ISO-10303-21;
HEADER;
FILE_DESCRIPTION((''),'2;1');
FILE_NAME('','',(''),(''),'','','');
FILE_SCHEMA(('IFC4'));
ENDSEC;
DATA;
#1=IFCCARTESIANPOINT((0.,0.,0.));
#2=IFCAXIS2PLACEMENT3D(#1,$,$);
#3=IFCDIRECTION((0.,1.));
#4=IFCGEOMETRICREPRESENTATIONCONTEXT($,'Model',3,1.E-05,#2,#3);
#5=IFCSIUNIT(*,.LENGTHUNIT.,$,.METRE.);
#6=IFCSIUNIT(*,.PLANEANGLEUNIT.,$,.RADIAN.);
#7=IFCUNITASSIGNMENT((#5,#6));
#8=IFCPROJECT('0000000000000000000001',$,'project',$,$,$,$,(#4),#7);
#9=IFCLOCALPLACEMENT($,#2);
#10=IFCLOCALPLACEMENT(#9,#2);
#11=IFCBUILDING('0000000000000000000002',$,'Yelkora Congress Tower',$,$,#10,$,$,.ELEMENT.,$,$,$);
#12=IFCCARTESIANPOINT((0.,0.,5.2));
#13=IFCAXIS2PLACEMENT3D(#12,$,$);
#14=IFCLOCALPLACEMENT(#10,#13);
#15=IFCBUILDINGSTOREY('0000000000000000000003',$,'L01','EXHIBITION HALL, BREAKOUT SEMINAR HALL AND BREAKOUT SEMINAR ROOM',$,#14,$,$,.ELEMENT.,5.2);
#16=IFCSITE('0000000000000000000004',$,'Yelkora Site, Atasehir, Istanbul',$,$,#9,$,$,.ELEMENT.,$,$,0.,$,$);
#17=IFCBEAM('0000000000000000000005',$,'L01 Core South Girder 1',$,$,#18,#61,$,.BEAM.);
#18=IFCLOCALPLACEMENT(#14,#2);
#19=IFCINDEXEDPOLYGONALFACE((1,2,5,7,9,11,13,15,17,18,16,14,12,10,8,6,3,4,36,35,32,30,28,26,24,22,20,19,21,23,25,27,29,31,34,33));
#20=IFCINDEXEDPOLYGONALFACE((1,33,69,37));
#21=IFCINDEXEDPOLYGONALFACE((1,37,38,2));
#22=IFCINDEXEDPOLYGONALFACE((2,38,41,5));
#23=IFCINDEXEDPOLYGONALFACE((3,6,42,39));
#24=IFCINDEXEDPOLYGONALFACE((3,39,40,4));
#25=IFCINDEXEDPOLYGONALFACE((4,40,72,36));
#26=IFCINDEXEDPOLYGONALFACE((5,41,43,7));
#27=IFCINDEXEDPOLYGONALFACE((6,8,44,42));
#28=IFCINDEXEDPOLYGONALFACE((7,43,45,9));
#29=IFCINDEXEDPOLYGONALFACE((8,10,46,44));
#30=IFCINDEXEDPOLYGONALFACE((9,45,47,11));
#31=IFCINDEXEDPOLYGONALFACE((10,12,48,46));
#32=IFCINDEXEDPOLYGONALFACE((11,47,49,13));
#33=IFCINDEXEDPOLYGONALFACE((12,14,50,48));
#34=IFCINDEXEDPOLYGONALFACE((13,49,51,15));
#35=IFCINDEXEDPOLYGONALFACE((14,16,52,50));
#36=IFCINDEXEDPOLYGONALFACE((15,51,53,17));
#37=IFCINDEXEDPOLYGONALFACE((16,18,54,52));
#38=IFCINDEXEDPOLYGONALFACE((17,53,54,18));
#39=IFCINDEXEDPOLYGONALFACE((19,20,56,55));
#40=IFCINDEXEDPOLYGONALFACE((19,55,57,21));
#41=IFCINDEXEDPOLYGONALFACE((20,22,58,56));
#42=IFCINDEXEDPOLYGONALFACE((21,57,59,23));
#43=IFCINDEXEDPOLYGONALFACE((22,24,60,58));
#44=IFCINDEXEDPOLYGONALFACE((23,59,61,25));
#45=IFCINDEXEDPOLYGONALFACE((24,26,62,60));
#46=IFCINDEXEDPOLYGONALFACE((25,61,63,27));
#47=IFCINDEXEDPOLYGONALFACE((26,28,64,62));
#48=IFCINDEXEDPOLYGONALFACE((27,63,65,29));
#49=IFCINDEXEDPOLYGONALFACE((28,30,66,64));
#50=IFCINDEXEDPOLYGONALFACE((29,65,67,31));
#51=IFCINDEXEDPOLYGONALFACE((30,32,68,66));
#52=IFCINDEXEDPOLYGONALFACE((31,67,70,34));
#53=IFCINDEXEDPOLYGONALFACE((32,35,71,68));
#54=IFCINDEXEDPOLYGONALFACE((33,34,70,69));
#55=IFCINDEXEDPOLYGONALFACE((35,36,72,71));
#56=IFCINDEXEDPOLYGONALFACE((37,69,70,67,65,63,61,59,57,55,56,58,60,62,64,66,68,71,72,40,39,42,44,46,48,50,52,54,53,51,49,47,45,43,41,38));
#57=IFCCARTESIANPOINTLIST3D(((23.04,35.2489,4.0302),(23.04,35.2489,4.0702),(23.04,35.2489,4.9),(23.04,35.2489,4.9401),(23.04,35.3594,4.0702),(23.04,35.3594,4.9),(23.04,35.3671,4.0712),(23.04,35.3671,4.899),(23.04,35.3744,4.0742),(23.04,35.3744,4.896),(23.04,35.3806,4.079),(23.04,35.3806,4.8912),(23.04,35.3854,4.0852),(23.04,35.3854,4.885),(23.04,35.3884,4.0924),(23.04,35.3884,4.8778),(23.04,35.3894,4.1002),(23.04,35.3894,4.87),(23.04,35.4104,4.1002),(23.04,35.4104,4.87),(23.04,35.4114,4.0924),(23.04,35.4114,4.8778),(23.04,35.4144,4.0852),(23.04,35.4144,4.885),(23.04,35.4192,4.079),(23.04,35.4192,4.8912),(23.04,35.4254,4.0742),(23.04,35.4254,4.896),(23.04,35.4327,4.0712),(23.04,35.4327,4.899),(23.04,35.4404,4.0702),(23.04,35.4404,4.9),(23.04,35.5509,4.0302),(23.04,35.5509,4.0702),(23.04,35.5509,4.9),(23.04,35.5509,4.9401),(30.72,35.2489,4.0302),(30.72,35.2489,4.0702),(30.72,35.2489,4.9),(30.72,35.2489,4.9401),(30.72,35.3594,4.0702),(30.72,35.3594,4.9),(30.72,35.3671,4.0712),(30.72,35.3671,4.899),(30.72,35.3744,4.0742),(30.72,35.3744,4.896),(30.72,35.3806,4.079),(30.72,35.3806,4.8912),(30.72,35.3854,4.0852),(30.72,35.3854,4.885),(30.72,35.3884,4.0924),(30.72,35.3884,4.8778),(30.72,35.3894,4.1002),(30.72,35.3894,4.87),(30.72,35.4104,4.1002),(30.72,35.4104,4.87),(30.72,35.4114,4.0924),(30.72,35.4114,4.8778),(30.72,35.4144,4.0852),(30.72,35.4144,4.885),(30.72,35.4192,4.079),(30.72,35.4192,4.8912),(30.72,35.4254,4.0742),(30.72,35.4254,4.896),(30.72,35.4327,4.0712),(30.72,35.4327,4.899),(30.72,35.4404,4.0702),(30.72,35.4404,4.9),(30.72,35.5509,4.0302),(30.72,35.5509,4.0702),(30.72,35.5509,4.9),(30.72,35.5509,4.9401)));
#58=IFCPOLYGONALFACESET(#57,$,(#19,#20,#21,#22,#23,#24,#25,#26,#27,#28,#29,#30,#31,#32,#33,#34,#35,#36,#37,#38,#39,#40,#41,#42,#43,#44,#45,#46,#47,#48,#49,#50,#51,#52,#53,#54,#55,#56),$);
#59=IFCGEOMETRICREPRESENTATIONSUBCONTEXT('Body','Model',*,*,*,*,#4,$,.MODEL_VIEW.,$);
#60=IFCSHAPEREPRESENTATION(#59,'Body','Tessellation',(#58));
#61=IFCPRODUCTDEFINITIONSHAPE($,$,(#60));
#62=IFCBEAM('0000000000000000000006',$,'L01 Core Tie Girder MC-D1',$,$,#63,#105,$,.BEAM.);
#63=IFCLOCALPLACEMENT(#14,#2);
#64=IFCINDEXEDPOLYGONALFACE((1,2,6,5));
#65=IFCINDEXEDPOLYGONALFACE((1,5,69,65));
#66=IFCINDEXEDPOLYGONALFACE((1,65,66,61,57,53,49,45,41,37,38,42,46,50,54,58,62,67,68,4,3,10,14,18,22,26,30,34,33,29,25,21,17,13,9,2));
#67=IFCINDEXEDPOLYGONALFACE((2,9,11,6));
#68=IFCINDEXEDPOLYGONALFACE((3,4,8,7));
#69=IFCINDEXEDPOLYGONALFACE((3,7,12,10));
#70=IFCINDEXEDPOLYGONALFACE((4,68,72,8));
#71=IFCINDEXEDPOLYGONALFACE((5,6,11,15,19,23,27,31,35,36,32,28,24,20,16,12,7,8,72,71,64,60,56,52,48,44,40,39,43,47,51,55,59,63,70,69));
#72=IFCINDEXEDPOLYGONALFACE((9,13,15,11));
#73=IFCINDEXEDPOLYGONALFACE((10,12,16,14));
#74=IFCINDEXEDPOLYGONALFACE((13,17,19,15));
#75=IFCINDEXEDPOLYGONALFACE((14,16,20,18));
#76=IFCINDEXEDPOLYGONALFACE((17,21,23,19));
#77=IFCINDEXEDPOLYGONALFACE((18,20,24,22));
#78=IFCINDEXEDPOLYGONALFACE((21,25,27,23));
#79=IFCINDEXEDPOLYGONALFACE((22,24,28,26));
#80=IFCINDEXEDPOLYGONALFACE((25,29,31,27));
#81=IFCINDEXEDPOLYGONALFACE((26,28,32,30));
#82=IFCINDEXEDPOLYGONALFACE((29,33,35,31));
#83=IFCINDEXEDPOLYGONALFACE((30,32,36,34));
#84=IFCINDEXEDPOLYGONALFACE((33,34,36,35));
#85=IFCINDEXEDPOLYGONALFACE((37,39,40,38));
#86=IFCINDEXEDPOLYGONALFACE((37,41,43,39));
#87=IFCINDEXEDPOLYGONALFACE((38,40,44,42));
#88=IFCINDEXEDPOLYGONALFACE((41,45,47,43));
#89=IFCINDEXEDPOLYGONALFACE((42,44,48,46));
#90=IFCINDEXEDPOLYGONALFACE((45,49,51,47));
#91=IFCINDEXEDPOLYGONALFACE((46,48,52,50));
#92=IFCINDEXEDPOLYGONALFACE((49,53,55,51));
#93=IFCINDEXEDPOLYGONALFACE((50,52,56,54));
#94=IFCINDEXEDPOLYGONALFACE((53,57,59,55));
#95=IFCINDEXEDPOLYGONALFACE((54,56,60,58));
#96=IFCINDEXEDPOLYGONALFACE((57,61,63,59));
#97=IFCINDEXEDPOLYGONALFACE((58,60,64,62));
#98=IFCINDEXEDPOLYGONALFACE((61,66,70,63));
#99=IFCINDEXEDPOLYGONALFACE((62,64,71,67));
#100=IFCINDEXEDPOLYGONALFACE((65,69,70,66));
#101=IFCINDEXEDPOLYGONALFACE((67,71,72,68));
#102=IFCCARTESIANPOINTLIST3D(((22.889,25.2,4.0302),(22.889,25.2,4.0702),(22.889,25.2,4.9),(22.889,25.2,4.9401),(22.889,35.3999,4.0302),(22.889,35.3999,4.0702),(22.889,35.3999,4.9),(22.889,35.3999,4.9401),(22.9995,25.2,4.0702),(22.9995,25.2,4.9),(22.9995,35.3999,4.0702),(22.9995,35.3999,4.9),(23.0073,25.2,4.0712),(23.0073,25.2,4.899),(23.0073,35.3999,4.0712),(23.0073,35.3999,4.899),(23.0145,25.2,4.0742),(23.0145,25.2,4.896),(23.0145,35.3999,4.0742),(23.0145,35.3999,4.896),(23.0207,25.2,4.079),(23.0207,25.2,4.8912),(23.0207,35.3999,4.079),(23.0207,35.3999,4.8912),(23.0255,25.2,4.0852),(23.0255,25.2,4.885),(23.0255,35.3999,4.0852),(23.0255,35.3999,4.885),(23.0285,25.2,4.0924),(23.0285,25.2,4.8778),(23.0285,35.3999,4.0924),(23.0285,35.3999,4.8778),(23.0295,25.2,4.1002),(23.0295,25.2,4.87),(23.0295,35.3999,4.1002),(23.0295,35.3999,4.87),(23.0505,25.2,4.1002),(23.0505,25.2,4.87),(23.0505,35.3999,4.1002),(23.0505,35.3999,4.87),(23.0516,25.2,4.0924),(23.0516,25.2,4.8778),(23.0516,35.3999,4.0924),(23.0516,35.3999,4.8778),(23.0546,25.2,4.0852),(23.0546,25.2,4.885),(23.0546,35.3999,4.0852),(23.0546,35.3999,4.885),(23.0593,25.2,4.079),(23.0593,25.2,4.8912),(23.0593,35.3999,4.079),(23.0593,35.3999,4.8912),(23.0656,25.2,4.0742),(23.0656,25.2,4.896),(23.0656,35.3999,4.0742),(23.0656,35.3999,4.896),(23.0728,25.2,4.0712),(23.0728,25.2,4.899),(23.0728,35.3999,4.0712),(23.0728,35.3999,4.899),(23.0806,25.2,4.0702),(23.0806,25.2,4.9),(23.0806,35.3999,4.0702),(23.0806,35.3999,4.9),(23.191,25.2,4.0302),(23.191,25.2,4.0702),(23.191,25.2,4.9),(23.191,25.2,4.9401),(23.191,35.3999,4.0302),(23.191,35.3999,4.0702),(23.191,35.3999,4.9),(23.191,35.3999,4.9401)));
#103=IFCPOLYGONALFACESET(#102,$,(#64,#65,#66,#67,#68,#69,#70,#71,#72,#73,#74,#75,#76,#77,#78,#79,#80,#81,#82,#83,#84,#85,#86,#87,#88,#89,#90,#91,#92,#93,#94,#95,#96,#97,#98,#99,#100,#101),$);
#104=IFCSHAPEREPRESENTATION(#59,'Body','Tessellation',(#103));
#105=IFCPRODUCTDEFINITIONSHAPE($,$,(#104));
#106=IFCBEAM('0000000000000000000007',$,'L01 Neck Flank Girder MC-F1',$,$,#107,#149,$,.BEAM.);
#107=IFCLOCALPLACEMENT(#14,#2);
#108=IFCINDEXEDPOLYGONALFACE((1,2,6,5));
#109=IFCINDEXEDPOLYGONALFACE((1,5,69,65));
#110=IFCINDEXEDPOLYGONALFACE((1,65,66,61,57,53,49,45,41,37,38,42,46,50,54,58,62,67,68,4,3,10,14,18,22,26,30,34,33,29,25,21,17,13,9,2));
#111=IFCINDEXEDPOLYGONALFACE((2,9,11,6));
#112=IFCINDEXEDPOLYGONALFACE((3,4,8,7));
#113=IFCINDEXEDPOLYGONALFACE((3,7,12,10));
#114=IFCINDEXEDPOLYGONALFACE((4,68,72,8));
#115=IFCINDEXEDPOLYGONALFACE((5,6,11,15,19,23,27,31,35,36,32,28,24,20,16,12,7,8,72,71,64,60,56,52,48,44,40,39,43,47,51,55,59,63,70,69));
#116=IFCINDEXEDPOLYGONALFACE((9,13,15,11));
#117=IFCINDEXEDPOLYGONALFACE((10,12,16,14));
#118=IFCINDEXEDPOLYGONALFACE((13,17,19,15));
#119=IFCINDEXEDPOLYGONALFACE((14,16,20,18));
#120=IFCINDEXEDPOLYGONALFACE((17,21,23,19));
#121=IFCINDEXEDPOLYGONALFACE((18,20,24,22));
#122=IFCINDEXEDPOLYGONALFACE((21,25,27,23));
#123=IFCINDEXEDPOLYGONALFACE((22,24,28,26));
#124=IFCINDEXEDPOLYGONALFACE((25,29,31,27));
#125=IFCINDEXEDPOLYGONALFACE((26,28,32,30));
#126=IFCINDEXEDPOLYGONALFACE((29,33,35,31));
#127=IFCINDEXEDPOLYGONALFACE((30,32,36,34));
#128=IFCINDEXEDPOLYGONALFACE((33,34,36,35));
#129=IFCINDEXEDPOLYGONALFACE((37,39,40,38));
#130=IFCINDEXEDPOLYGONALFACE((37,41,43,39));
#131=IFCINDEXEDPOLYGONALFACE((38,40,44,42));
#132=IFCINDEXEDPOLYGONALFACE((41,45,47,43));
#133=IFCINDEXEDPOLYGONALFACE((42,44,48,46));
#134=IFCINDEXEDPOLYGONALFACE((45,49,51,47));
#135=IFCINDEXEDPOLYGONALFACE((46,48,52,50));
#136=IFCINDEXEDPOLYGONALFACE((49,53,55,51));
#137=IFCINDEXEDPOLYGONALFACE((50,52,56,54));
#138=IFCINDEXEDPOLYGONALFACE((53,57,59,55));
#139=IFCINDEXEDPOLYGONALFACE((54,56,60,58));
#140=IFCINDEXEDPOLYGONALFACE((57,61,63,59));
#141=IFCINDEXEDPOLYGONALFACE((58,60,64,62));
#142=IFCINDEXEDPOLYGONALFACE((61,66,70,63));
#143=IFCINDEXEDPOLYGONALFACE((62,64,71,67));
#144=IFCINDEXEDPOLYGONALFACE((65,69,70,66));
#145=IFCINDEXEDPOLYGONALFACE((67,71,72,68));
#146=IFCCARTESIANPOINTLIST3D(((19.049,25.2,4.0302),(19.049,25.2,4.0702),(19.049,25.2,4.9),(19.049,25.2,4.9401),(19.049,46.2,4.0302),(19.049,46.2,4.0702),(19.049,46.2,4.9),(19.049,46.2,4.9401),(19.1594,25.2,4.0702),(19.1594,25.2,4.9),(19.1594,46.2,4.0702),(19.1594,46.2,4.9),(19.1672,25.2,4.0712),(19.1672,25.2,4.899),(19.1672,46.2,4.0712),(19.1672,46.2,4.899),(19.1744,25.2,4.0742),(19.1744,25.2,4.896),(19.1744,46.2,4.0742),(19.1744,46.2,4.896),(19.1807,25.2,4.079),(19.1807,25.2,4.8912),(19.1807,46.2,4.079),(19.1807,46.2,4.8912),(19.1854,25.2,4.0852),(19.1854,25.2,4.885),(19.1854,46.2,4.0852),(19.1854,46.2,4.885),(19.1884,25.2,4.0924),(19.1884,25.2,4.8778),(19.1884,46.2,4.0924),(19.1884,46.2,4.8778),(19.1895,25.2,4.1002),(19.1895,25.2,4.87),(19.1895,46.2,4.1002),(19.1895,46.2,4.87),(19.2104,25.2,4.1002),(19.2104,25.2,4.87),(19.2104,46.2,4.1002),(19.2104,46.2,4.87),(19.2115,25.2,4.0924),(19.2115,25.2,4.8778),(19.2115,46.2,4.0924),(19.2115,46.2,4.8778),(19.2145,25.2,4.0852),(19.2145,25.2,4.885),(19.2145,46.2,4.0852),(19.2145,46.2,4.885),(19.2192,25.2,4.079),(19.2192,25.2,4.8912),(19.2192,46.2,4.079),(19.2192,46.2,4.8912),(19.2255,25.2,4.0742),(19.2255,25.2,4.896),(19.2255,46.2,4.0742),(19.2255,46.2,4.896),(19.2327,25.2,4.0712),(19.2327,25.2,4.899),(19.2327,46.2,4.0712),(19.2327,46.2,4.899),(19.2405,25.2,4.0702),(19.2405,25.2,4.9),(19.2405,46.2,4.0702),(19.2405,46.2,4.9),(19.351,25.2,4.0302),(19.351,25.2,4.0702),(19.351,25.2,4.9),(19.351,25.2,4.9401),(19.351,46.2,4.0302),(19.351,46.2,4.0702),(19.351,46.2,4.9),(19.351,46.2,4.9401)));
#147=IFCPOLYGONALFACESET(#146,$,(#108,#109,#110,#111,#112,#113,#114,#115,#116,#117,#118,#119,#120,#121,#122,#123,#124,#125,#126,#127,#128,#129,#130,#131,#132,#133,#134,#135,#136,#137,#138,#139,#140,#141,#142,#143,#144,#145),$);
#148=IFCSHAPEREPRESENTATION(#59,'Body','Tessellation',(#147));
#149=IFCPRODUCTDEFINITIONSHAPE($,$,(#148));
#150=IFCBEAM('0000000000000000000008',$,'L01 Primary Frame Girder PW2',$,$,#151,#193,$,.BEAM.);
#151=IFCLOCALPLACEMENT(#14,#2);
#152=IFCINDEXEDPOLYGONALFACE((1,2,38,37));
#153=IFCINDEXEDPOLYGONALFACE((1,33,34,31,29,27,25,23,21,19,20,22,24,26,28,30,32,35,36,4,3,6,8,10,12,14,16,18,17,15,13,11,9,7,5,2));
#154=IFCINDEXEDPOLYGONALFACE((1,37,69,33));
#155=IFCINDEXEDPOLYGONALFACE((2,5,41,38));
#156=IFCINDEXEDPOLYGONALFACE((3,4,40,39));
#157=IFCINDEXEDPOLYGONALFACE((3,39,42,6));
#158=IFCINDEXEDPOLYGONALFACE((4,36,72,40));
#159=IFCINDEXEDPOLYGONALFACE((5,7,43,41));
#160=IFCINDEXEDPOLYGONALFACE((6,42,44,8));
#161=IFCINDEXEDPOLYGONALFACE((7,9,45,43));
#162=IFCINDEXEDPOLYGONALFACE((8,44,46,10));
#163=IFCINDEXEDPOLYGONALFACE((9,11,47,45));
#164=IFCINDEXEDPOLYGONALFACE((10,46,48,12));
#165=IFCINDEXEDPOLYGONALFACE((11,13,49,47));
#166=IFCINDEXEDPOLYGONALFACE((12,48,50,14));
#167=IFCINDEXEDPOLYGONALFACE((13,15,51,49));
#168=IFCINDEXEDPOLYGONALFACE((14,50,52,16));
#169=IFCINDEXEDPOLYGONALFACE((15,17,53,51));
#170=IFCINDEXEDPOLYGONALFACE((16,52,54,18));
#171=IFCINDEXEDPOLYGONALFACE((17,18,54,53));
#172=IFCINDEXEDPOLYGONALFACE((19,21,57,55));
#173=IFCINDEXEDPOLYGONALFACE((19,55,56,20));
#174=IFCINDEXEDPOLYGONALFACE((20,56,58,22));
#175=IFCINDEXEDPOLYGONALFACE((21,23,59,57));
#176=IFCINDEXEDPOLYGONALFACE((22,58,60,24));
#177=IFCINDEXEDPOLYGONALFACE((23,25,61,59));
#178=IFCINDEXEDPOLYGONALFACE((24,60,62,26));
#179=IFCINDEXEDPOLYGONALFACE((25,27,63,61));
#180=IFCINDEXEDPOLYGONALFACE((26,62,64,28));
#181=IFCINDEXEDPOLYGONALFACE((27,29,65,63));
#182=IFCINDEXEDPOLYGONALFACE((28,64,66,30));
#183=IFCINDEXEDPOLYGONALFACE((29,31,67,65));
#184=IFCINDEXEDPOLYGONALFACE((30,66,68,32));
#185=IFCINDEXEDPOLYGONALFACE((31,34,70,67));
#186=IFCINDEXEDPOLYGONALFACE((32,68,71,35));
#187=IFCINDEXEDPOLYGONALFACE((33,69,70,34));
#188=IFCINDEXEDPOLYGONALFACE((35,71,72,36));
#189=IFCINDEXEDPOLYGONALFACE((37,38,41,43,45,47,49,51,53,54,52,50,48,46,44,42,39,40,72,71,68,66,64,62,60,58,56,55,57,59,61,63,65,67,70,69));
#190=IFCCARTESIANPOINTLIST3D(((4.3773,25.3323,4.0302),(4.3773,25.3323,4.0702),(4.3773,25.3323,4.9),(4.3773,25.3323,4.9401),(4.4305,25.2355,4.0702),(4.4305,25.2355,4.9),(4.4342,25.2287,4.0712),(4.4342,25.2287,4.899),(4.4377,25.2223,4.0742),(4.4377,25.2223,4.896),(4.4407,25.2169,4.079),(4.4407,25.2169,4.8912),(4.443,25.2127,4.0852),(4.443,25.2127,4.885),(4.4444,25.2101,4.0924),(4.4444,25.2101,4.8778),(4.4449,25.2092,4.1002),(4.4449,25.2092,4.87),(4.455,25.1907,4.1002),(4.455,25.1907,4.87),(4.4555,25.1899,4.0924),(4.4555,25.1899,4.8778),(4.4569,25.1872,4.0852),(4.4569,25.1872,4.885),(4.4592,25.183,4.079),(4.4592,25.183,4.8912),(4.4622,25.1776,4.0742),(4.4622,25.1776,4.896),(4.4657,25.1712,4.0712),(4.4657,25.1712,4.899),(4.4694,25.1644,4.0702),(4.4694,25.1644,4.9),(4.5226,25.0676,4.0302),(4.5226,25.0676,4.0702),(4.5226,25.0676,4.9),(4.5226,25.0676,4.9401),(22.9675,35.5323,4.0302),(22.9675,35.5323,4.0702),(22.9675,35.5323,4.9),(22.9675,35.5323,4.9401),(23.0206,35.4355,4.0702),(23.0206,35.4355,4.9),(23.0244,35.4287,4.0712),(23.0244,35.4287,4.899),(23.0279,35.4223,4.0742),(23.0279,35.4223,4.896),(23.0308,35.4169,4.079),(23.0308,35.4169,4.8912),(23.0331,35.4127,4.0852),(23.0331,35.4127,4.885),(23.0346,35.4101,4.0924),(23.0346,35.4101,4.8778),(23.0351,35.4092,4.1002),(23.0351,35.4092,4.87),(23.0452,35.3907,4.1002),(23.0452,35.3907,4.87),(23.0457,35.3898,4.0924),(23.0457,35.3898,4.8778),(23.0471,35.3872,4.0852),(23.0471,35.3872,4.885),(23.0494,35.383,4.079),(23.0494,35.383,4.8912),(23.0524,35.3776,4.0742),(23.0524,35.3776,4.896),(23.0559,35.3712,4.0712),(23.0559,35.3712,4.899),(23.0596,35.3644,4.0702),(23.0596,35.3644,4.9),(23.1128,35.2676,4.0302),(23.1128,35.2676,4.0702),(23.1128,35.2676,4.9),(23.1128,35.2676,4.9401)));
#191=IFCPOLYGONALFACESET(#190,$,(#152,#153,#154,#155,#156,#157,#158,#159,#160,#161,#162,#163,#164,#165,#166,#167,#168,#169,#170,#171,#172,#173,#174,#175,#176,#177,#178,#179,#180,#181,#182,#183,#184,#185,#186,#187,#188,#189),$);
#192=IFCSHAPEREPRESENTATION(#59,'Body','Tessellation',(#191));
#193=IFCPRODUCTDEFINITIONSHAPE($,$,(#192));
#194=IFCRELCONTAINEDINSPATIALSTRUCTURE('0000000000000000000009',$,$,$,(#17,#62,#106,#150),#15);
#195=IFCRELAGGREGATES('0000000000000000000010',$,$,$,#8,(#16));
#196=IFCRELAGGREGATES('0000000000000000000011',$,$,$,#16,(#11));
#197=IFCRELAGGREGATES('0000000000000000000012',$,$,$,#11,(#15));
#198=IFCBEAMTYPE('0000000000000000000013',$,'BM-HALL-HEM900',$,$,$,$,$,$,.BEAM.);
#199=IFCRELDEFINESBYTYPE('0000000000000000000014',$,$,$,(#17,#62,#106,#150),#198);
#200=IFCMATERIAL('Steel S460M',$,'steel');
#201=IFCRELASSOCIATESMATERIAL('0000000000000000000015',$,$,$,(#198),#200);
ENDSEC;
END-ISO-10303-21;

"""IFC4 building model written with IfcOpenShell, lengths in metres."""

from ifc_helpers import new_model, si_unit, direction, frame, origin, origin_2d, place, context, subcontext, project, spatial, i_section, extrude, material, material_profile, profile_set, type_object, element, save


model = new_model("IFC4")

# Units and contexts
model_context = context("Model", 3, precision=1e-05, world=origin(), true_north=direction((0.0, 1.0)))
body_context = subcontext(model_context, "Body", "Model", "MODEL_VIEW")
ifc_project = project(units=[si_unit("LENGTHUNIT", "METRE"), si_unit("PLANEANGLEUNIT", "RADIAN")], contexts=[model_context])

# Site, building, storey
site_placement = place(None, origin())
site = spatial("IfcSite", under=ifc_project, at=site_placement, Name="Yelkora Site, Atasehir, Istanbul", CompositionType="ELEMENT", RefElevation=0.0)
building_placement = place(site_placement, origin())
building = spatial("IfcBuilding", under=site, at=building_placement, Name="Yelkora Congress Tower", CompositionType="ELEMENT")
storey_placement = place(building_placement, frame((0.0, 0.0, 5.2)))
storey = spatial("IfcBuildingStorey", under=building, at=storey_placement, Name="L01", Description="EXHIBITION HALL, BREAKOUT SEMINAR HALL AND BREAKOUT SEMINAR ROOM", CompositionType="ELEMENT", Elevation=5.2)

# Beams
ifc_material_1 = material(Name="Steel S460M", Category="steel")
ifc_material_profile_1 = material_profile(ifc_material_1, i_section(OverallWidth=0.302, OverallDepth=0.9099, WebThickness=0.021, FlangeThickness=0.04, FilletRadius=0.03, at=origin_2d()), Name="HEM 900")
ifc_profile_set_1 = profile_set([ifc_material_profile_1], Name="Steel S460M")
beam_type_1 = type_object("IfcBeamType", Name="BM-HALL-HEM900", PredefinedType="BEAM", material=ifc_profile_set_1)
for number, where, z_axis, x_axis, name in (
    (1, (23.04, 35.3999, 4.4851), (1.0, 0.0, 0.0), (0.0, 1.0, 0.0), "L01 Core South Girder 1"),
):
    element("IfcBeam", number, at=place(storey_placement, frame(where, z_axis=z_axis, x_axis=x_axis)), inside=storey, type_object=beam_type_1, Name=name, PredefinedType="BEAM", context=body_context, shape_type="SweptSolid", body=[
        extrude(i_section(OverallWidth=0.302, OverallDepth=0.9099, WebThickness=0.021, FlangeThickness=0.04, FilletRadius=0.03, at=origin_2d()), origin(), (0.0, 0.0, 1.0), 7.6799),
    ])
beam_1_placement = place(storey_placement, frame((23.04, 25.2, 4.4851), z_axis=(0.0, 1.0, 0.0), x_axis=(-1.0, 0.0, 0.0)))
element("IfcBeam", 2, at=beam_1_placement, inside=storey, type_object=beam_type_1, Name="L01 Core Tie Girder MC-D1", PredefinedType="BEAM", context=body_context, shape_type="SweptSolid", body=[
    extrude(i_section(OverallWidth=0.302, OverallDepth=0.9099, WebThickness=0.021, FlangeThickness=0.04, FilletRadius=0.03, at=origin_2d()), origin(), (0.0, 0.0, 1.0), 10.2),
])
beam_2_placement = place(storey_placement, frame((19.2, 25.2, 4.4851), z_axis=(0.0, 1.0, 0.0), x_axis=(-1.0, 0.0, 0.0)))
element("IfcBeam", 3, at=beam_2_placement, inside=storey, type_object=beam_type_1, Name="L01 Neck Flank Girder MC-F1", PredefinedType="BEAM", context=body_context, shape_type="SweptSolid", body=[
    extrude(i_section(OverallWidth=0.302, OverallDepth=0.9099, WebThickness=0.021, FlangeThickness=0.04, FilletRadius=0.03, at=origin_2d()), origin(), (0.0, 0.0, 1.0), 21.0),
])
beam_3_placement = place(storey_placement, frame((4.45, 25.2, 4.4851), z_axis=(0.876705, 0.481028, 0.0), x_axis=(-0.481028, 0.876705, 0.0)))
element("IfcBeam", 4, at=beam_3_placement, inside=storey, type_object=beam_type_1, Name="L01 Primary Frame Girder PW2", PredefinedType="BEAM", context=body_context, shape_type="SweptSolid", body=[
    extrude(i_section(OverallWidth=0.302, OverallDepth=0.9099, WebThickness=0.021, FlangeThickness=0.04, FilletRadius=0.03, at=origin_2d()), origin(), (0.0, 0.0, 1.0), 21.2046),
])

save(model, "model.ifc")
